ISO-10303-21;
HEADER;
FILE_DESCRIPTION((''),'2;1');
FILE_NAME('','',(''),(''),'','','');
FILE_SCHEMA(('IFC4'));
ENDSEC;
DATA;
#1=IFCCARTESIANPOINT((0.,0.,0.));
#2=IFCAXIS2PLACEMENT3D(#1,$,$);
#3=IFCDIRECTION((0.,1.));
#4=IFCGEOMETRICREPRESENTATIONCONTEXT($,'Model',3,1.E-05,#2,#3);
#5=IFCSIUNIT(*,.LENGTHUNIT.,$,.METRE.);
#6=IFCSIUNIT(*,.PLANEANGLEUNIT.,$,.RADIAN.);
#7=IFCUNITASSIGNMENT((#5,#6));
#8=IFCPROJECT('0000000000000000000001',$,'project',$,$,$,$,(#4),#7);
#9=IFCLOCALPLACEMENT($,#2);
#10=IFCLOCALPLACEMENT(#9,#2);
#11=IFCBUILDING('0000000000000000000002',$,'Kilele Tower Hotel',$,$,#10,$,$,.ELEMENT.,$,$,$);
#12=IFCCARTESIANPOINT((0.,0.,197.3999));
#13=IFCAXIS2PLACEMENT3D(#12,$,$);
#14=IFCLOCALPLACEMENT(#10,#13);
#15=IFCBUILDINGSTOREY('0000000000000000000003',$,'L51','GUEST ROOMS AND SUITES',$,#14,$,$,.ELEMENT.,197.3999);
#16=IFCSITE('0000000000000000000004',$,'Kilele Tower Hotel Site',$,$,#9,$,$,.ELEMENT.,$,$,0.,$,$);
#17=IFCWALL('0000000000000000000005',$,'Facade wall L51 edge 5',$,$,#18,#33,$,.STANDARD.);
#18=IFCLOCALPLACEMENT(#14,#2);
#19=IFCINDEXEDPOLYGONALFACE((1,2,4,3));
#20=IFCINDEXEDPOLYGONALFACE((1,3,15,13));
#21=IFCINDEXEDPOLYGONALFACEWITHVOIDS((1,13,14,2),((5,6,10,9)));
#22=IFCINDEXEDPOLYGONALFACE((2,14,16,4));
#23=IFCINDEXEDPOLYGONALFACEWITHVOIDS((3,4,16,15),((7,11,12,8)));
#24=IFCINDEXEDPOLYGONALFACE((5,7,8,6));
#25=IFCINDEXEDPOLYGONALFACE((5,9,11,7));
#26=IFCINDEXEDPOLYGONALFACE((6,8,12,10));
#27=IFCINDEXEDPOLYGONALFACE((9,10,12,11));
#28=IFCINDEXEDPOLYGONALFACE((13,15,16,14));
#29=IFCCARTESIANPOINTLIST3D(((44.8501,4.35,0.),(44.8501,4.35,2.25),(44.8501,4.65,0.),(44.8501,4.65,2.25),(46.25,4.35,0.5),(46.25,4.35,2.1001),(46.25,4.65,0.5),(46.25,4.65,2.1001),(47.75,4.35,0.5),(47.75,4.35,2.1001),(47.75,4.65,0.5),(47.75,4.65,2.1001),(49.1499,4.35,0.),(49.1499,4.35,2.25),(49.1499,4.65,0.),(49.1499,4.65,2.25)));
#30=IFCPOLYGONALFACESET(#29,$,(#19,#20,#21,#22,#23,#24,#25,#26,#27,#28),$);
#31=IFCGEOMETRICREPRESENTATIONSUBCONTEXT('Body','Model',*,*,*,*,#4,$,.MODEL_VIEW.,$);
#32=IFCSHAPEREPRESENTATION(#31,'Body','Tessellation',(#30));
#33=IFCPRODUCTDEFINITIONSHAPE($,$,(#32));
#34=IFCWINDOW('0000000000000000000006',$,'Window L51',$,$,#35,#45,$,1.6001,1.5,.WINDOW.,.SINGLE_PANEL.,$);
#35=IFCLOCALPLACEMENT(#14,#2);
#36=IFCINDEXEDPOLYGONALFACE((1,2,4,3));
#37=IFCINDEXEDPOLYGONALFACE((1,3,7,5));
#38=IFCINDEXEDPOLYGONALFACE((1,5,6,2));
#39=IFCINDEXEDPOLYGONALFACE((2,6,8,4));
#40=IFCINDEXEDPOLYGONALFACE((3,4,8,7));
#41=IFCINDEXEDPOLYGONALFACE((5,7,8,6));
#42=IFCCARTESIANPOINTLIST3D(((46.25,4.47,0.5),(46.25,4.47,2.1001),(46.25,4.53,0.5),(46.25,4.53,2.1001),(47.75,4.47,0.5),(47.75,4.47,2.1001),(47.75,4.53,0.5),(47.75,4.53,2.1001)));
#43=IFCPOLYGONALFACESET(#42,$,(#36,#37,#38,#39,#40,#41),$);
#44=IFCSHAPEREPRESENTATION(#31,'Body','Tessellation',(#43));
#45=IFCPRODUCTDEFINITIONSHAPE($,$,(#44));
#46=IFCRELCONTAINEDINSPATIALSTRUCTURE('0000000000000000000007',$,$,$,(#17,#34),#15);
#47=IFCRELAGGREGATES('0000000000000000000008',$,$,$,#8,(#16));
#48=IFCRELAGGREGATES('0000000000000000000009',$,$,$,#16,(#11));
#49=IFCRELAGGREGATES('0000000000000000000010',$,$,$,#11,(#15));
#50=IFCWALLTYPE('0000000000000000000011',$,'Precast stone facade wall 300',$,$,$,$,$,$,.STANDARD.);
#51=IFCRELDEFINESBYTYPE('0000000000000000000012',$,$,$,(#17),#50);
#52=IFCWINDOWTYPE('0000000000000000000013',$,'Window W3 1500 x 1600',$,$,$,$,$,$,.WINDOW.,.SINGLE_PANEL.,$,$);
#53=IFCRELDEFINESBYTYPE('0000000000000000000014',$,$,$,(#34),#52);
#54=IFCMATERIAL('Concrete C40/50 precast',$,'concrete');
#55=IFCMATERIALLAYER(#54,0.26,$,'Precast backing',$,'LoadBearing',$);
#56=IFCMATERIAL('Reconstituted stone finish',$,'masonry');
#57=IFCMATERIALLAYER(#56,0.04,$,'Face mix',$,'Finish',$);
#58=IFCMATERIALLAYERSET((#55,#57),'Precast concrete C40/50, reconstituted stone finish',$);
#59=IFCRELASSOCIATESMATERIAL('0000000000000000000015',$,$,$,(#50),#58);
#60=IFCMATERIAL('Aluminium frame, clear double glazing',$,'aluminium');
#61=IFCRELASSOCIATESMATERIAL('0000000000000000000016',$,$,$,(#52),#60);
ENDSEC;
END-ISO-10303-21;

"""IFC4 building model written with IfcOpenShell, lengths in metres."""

from ifc_helpers import new_model, si_unit, direction, frame, frame_2d, origin, place, context, subcontext, project, spatial, rectangle, extrude, material, layer, layer_set, type_object, element, fill, save


model = new_model("IFC4")

# Units and contexts
model_context = context("Model", 3, precision=1e-05, world=origin(), true_north=direction((0.0, 1.0)))
body_context = subcontext(model_context, "Body", "Model", "MODEL_VIEW")
ifc_project = project(units=[si_unit("LENGTHUNIT", "METRE"), si_unit("PLANEANGLEUNIT", "RADIAN")], contexts=[model_context])

# Site, building, storey
site_placement = place(None, origin())
site = spatial("IfcSite", under=ifc_project, at=site_placement, Name="Kilele Tower Hotel Site", CompositionType="ELEMENT", RefElevation=0.0)
building_placement = place(site_placement, origin())
building = spatial("IfcBuilding", under=site, at=building_placement, Name="Kilele Tower Hotel", CompositionType="ELEMENT")
storey_placement = place(building_placement, frame((0.0, 0.0, 197.3999)))
storey = spatial("IfcBuildingStorey", under=building, at=storey_placement, Name="L51", Description="GUEST ROOMS AND SUITES", CompositionType="ELEMENT", Elevation=197.3999)

# Wall, opening, window
ifc_material_1 = material(Name="Concrete C40/50 precast", Category="concrete")
ifc_layer_1 = layer(ifc_material_1, 0.26, Name="Precast backing", Category="LoadBearing")
ifc_material_2 = material(Name="Reconstituted stone finish", Category="masonry")
ifc_layer_2 = layer(ifc_material_2, 0.04, Name="Face mix", Category="Finish")
ifc_layer_set_1 = layer_set([ifc_layer_1, ifc_layer_2], Name="Precast concrete C40/50, reconstituted stone finish")
wall_type_1 = type_object("IfcWallType", Name="Precast stone facade wall 300", PredefinedType="STANDARD", material=ifc_layer_set_1)
wall_1_placement = place(storey_placement, frame((44.8501, 4.5, 0.0), z_axis=(0.0, 0.0, 1.0), x_axis=(1.0, 0.0, 0.0)))
wall_1 = element("IfcWall", 1, at=wall_1_placement, inside=storey, type_object=wall_type_1, Name="Facade wall L51 edge 5", PredefinedType="STANDARD", context=body_context, shape_type="SweptSolid", body=[
    extrude(rectangle(XDim=4.2998, YDim=0.3, at=frame_2d((2.1499, 0.0))), origin(), (0.0, 0.0, 1.0), 2.25),
])
opening_1_placement = place(wall_1_placement, frame((1.3999, 0.0, 0.5)))
opening_1 = element("IfcOpeningElement", 2, at=opening_1_placement, cuts=wall_1, PredefinedType="OPENING", context=body_context, shape_type="SweptSolid", body=[
    extrude(rectangle(XDim=1.5, YDim=1.6001, at=frame_2d((0.75, 0.8))), frame((0.0, 0.1599, 0.0), z_axis=(0.0, -1.0, 0.0), x_axis=(1.0, 0.0, 0.0)), (0.0, 0.0, 1.0), 0.3201),
])
ifc_material_3 = material(Name="Aluminium frame, clear double glazing", Category="aluminium")
window_type_1 = type_object("IfcWindowType", Name="Window W3 1500 x 1600", PartitioningType="SINGLE_PANEL", PredefinedType="WINDOW", material=ifc_material_3)
window_1_placement = place(opening_1_placement, origin())
window_1 = element("IfcWindow", 3, at=window_1_placement, inside=storey, type_object=window_type_1, Name="Window L51", OverallHeight=1.6001, OverallWidth=1.5, PartitioningType="SINGLE_PANEL", PredefinedType="WINDOW", context=body_context, shape_type="SweptSolid", body=[
    extrude(rectangle(XDim=1.5, YDim=1.6001, at=frame_2d((0.75, 0.8))), frame((0.0, 0.03, 0.0), z_axis=(0.0, -1.0, 0.0), x_axis=(1.0, 0.0, 0.0)), (0.0, 0.0, 1.0), 0.0601),
])
fill(opening_1, window_1)

save(model, "model.ifc")
